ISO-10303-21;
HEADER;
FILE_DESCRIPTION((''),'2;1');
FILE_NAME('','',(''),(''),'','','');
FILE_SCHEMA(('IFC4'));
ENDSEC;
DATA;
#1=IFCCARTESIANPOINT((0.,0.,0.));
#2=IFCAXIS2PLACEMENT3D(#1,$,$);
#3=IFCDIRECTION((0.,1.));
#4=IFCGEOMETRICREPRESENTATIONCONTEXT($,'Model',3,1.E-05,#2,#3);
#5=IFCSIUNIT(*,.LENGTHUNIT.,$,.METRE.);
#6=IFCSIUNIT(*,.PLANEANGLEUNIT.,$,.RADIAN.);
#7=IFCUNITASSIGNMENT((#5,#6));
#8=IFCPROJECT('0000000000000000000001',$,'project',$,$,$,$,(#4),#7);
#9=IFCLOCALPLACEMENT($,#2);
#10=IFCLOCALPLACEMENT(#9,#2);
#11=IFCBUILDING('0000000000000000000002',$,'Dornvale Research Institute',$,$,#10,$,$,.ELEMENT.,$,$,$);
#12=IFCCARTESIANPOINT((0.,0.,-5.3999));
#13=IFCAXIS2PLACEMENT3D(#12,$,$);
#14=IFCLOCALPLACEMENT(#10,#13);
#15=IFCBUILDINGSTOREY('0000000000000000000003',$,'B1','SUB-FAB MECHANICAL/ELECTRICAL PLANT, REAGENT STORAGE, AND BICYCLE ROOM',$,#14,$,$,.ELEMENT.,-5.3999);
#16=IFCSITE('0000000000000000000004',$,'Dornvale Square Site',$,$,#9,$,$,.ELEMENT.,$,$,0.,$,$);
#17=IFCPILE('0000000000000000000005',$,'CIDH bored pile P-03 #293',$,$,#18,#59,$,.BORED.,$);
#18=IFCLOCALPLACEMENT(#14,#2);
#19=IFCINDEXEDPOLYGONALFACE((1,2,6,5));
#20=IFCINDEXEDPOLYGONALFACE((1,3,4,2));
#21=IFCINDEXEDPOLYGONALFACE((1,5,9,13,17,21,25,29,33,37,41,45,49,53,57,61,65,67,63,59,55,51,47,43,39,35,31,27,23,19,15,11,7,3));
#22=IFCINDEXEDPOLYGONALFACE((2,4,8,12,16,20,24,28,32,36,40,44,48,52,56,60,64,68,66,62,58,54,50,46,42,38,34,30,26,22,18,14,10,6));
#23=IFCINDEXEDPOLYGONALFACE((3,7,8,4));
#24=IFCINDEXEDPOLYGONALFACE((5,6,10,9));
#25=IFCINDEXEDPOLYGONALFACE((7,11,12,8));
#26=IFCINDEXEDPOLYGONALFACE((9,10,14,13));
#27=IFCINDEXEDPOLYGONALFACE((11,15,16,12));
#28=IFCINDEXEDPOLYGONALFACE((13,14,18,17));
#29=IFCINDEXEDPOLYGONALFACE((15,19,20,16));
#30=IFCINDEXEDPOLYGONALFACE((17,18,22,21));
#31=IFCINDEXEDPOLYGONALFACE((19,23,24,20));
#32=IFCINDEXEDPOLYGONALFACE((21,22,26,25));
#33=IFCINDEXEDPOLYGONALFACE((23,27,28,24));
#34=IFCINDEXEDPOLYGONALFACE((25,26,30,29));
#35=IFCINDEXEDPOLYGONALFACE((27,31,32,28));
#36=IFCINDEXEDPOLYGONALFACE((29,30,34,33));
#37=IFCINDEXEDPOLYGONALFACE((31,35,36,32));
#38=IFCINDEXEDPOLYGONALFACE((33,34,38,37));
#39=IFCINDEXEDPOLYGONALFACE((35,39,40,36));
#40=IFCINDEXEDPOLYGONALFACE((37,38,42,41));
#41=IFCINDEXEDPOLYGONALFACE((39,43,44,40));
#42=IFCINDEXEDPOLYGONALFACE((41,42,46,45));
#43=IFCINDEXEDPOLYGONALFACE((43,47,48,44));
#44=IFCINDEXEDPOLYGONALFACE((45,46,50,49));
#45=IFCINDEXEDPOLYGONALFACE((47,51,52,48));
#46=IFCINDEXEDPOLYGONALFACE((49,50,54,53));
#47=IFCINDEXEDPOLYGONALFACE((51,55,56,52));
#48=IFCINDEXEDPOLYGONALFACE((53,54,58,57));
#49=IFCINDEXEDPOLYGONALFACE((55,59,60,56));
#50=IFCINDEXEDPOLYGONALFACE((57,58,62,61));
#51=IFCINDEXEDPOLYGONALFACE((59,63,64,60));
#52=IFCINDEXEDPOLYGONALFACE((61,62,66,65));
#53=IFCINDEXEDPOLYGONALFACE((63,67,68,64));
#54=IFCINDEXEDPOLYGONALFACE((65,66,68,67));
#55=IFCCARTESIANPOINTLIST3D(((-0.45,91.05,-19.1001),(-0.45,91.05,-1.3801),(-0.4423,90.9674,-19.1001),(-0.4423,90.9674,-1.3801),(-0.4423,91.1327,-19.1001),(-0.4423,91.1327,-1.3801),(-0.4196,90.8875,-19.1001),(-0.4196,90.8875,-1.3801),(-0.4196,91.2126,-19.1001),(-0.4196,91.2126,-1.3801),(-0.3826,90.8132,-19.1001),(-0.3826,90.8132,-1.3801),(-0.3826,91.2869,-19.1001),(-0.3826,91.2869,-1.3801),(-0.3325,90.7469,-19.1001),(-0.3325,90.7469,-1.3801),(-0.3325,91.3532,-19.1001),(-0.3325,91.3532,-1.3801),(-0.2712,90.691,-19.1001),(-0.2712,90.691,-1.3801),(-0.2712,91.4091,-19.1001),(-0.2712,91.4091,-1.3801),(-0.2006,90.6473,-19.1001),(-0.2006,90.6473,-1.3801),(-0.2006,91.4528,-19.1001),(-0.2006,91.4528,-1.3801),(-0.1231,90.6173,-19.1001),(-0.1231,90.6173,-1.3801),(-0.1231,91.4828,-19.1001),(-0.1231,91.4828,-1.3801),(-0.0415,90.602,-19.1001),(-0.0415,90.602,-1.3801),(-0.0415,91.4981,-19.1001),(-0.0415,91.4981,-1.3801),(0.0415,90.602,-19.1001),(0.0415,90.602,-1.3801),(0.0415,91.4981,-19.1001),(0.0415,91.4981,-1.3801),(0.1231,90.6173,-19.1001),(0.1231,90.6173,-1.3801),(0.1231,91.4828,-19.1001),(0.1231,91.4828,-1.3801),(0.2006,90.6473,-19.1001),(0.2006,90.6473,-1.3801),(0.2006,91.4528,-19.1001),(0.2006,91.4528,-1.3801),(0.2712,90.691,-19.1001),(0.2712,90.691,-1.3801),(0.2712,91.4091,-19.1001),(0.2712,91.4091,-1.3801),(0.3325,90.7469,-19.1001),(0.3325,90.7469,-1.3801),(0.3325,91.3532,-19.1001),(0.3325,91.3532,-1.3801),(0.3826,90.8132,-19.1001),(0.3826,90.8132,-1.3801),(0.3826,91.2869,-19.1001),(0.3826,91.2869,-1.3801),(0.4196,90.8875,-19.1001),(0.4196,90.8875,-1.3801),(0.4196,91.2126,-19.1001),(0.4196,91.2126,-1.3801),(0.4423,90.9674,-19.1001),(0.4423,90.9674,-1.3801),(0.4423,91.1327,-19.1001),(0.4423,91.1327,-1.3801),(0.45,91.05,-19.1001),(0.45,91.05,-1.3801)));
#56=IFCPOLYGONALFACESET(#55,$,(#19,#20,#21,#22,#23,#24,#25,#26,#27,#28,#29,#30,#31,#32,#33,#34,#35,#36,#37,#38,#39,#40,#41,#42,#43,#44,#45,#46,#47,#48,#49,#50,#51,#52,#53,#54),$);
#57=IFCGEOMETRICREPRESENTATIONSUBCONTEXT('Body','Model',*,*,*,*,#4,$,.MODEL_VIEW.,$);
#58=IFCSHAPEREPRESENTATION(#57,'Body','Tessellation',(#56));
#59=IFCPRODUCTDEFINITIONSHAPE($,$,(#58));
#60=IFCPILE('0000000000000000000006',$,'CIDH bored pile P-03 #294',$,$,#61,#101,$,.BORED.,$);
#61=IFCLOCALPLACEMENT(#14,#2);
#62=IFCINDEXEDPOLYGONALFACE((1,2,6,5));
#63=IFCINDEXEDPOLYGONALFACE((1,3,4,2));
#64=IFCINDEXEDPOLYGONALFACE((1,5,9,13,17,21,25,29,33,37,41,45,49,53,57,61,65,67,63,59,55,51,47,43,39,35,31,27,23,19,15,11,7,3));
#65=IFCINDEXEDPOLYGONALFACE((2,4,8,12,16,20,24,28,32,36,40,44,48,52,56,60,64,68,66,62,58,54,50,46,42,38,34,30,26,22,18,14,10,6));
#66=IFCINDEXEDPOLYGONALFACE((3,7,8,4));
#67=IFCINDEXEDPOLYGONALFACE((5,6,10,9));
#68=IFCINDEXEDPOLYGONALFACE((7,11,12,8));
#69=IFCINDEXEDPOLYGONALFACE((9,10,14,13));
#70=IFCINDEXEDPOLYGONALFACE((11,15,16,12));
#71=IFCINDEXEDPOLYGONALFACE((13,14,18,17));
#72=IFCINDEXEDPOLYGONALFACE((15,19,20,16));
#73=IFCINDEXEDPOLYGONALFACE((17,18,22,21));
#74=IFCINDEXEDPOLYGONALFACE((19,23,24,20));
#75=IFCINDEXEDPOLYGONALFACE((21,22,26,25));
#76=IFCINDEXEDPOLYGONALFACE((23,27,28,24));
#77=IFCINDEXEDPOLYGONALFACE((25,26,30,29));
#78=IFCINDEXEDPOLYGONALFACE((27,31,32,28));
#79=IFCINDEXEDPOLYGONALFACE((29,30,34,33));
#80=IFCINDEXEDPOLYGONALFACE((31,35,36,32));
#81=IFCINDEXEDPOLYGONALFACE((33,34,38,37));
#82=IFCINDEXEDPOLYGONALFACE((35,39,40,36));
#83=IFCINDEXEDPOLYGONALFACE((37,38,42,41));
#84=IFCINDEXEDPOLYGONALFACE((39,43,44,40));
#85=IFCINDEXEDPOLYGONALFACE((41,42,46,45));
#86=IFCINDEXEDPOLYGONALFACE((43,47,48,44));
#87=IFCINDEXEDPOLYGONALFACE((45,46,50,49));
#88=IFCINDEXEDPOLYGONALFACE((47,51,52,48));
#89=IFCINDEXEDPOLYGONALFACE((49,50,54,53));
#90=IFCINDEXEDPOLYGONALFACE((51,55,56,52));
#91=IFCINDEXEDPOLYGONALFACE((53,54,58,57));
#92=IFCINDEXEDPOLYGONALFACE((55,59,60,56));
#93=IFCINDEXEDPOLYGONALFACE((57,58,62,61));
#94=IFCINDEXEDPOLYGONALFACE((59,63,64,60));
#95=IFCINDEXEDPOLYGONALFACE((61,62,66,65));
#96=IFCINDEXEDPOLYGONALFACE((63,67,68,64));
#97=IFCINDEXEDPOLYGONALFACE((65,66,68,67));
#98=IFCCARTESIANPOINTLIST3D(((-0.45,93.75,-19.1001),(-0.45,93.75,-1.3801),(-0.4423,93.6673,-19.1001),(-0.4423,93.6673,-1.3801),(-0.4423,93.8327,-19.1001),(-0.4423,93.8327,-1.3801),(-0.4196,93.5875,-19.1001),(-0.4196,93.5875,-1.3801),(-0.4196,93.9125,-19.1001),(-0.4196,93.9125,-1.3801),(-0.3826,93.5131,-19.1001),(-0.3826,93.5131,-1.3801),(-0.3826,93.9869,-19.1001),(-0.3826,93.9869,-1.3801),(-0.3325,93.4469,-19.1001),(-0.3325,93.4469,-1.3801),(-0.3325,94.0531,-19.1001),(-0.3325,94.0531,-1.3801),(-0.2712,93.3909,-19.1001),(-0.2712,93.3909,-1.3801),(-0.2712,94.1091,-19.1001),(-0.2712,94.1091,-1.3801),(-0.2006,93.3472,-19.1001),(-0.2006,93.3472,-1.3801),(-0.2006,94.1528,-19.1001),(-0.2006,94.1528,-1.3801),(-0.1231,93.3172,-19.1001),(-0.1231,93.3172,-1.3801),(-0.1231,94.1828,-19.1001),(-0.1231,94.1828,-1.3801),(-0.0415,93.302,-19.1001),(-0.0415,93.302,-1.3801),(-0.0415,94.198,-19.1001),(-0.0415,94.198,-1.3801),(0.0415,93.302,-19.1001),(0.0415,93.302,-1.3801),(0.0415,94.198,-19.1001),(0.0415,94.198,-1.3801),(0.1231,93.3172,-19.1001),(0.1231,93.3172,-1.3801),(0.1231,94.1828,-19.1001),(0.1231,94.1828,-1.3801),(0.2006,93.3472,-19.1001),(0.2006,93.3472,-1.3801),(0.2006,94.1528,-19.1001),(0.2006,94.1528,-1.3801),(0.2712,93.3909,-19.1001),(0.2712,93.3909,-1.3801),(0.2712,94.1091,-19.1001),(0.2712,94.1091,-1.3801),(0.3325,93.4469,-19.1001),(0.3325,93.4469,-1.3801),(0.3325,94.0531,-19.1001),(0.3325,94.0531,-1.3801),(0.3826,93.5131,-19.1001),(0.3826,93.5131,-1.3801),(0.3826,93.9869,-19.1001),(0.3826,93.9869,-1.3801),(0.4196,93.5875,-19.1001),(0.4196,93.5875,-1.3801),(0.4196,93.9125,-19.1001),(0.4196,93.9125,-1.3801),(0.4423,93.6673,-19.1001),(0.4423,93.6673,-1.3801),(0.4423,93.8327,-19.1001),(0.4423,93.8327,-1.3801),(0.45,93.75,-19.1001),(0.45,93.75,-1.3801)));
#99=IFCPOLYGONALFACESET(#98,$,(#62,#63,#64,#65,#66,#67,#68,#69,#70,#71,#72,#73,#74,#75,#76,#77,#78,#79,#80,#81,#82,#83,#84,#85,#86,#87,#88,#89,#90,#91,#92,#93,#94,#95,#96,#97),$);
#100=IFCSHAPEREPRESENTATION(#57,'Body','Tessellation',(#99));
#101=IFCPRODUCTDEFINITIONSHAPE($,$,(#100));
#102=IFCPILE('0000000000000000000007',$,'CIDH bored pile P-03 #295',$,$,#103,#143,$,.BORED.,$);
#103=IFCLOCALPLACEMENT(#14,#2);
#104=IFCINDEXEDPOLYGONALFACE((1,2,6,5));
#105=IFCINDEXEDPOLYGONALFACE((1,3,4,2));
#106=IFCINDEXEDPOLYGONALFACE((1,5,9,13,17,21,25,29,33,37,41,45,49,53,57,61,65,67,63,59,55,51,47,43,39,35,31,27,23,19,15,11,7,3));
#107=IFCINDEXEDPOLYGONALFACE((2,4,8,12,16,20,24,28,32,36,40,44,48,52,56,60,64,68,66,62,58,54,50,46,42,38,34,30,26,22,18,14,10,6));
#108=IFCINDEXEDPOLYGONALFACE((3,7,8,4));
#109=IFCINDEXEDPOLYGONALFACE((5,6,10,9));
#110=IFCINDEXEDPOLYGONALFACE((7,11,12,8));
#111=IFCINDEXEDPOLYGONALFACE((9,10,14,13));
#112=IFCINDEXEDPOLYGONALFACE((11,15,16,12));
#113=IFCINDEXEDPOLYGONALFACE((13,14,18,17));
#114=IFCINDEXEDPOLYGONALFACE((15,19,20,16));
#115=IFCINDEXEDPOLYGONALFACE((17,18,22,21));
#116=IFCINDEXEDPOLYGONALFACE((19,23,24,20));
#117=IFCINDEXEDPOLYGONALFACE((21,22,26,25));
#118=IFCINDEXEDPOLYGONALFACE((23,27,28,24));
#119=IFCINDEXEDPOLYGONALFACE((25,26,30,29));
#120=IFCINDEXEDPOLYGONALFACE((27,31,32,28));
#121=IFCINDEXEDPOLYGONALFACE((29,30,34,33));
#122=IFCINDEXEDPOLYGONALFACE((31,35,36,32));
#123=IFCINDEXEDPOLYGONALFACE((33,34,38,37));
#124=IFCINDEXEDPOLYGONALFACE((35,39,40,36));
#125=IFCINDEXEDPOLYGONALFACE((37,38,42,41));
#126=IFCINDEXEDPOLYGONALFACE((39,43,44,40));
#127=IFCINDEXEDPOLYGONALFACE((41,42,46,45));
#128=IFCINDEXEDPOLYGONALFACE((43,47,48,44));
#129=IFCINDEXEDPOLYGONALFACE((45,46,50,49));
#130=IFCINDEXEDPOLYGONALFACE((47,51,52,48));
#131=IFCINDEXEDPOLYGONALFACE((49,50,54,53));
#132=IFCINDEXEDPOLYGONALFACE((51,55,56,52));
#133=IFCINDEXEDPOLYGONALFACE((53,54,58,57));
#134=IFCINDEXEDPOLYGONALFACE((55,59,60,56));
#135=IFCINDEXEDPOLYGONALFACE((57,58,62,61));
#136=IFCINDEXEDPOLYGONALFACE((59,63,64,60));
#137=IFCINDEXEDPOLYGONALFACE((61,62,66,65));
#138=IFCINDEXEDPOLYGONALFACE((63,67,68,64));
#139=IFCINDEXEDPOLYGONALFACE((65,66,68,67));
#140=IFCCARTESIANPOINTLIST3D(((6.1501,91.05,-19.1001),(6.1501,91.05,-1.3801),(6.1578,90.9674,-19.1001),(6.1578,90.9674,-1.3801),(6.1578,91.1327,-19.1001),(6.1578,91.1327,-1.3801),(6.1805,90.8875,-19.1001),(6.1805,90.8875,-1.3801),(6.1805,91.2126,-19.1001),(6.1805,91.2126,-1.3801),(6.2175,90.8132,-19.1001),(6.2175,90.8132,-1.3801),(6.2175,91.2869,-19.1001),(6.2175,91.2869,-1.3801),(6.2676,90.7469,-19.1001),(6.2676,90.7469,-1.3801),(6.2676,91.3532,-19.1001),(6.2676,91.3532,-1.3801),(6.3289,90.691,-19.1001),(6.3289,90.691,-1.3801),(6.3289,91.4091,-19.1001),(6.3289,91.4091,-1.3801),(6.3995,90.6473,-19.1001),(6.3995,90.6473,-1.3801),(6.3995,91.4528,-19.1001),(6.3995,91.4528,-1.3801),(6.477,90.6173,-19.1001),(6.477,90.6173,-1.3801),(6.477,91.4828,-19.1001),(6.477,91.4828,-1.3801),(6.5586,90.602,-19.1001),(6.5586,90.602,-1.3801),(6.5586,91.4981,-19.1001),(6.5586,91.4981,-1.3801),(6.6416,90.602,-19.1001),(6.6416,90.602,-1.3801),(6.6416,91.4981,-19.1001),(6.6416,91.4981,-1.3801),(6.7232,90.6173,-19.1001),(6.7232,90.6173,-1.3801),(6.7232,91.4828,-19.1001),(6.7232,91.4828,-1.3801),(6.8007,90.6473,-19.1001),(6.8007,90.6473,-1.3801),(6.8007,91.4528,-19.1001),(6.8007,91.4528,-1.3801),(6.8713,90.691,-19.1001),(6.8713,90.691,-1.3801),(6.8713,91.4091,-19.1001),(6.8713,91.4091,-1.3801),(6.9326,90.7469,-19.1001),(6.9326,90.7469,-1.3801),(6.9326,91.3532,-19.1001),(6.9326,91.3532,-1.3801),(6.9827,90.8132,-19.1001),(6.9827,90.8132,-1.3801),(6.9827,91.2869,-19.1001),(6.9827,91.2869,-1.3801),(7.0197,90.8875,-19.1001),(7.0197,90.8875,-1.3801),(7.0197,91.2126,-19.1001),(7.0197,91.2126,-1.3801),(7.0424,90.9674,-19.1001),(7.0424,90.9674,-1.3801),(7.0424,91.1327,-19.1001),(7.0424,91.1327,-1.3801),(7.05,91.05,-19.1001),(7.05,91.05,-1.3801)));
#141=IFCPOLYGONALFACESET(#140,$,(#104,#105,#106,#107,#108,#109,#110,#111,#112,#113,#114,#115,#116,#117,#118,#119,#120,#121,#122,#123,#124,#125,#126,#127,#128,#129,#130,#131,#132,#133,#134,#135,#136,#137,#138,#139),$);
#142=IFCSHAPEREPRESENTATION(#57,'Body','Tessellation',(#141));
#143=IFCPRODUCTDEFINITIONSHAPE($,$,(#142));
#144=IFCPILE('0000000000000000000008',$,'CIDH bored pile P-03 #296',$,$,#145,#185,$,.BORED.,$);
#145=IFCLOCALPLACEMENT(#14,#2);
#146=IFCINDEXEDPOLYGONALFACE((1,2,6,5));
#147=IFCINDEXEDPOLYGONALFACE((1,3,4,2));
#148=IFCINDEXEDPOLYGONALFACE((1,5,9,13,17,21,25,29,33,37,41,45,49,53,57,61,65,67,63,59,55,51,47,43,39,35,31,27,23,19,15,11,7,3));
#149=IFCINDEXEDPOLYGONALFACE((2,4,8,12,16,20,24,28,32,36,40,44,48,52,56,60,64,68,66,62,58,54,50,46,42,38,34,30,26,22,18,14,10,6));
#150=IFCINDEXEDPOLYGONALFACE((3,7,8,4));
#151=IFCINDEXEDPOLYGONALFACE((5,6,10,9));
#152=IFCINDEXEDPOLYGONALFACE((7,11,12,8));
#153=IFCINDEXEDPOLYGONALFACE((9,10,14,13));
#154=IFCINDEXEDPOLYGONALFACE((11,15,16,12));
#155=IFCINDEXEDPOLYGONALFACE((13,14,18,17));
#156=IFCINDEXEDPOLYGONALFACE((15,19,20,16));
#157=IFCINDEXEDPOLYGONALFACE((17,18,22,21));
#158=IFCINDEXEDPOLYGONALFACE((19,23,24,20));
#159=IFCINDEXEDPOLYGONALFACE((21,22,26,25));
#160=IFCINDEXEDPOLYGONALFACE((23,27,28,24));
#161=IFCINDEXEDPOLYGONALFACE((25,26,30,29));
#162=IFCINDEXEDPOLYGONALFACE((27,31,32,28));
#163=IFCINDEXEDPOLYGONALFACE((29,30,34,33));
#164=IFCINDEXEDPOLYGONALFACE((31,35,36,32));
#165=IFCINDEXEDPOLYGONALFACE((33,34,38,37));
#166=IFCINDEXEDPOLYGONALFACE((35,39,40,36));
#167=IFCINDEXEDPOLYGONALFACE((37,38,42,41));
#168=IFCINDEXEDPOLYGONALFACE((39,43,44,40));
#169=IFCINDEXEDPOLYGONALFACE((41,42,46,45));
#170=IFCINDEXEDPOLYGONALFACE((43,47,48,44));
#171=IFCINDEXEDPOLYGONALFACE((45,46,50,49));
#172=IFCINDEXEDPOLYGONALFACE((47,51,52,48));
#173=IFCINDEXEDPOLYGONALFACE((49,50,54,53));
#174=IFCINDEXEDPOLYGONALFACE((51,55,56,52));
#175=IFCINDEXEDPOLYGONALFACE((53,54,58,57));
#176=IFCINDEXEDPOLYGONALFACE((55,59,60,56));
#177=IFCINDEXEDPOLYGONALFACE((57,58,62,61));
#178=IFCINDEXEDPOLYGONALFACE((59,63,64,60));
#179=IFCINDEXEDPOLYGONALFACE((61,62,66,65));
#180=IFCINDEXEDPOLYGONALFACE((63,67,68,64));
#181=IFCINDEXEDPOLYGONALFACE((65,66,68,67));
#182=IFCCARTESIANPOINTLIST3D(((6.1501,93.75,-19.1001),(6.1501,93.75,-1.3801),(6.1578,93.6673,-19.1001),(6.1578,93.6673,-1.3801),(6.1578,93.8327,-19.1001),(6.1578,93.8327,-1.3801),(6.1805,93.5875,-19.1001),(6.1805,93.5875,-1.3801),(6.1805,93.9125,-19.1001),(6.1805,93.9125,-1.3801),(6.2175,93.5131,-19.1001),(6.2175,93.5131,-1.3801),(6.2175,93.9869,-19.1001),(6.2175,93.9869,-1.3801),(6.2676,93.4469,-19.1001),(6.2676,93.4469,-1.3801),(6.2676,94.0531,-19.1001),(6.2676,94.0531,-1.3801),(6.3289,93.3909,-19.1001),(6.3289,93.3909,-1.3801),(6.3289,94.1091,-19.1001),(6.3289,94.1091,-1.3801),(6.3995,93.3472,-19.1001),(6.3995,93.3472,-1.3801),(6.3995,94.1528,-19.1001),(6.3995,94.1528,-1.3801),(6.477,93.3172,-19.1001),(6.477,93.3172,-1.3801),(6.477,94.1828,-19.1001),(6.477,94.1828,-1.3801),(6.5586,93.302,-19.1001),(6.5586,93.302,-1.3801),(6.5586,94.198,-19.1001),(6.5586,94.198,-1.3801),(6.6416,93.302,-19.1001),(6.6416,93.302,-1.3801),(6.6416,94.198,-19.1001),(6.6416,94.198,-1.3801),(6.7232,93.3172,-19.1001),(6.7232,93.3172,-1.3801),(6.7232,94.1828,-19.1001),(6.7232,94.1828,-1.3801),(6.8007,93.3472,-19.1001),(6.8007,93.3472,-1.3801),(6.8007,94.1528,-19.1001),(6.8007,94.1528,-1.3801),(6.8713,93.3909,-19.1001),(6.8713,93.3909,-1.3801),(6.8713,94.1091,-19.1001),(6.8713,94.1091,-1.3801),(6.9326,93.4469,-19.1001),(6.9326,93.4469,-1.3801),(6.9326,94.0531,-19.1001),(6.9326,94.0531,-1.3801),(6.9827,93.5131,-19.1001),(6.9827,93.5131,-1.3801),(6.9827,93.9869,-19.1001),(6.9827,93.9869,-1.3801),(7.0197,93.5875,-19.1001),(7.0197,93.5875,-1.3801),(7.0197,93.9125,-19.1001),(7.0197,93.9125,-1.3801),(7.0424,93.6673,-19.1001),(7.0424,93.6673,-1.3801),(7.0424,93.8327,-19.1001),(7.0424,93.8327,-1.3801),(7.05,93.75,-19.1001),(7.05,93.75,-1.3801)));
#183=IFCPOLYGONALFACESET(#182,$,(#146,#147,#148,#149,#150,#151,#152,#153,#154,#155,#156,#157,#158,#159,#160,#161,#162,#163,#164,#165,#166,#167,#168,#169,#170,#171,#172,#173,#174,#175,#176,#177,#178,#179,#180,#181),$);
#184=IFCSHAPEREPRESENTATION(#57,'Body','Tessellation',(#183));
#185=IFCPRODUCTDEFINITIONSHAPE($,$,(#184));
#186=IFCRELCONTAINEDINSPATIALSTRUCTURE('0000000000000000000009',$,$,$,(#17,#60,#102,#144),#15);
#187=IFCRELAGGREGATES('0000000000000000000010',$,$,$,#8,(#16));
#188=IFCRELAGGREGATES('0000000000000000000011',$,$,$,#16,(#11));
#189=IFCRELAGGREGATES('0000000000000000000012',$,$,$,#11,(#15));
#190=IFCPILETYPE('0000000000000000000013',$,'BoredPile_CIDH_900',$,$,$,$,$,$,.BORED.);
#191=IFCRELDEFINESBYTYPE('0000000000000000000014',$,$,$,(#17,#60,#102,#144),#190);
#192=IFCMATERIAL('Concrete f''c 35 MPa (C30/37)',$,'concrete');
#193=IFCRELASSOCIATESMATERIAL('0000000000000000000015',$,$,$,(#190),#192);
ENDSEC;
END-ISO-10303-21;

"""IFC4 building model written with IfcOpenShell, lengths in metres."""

from ifc_helpers import new_model, si_unit, direction, frame, origin, origin_2d, place, context, subcontext, project, spatial, circle, extrude, material, material_profile, profile_set, type_object, element, save


model = new_model("IFC4")

# Units and contexts
model_context = context("Model", 3, precision=1e-05, world=origin(), true_north=direction((0.0, 1.0)))
body_context = subcontext(model_context, "Body", "Model", "MODEL_VIEW")
ifc_project = project(units=[si_unit("LENGTHUNIT", "METRE"), si_unit("PLANEANGLEUNIT", "RADIAN")], contexts=[model_context])

# Site, building, storey
site_placement = place(None, origin())
site = spatial("IfcSite", under=ifc_project, at=site_placement, Name="Dornvale Square Site", CompositionType="ELEMENT", RefElevation=0.0)
building_placement = place(site_placement, origin())
building = spatial("IfcBuilding", under=site, at=building_placement, Name="Dornvale Research Institute", CompositionType="ELEMENT")
storey_placement = place(building_placement, frame((0.0, 0.0, -5.3999)))
storey = spatial("IfcBuildingStorey", under=building, at=storey_placement, Name="B1", Description="SUB-FAB MECHANICAL/ELECTRICAL PLANT, REAGENT STORAGE, AND BICYCLE ROOM", CompositionType="ELEMENT", Elevation=-5.3999)

# Piles
ifc_material_1 = material(Name="Concrete f'c 35 MPa (C30/37)", Category="concrete")
ifc_material_profile_1 = material_profile(ifc_material_1, circle(Radius=0.45, at=origin_2d()), Name="CIDH PILE D900")
ifc_profile_set_1 = profile_set([ifc_material_profile_1], Name="Concrete f'c 35 MPa (C30/37)")
pile_type_1 = type_object("IfcPileType", Name="BoredPile_CIDH_900", PredefinedType="BORED", material=ifc_profile_set_1)
for number, where, z_axis, x_axis, name in (
    (1, (0.0, 91.05, -1.3801), (0.0, 0.0, -1.0), (1.0, 0.0, 0.0), "CIDH bored pile P-03 #293"),
    (2, (0.0, 93.75, -1.3801), (0.0, 0.0, -1.0), (1.0, 0.0, 0.0), "CIDH bored pile P-03 #294"),
    (3, (6.6001, 91.05, -1.3801), (0.0, 0.0, -1.0), (1.0, 0.0, 0.0), "CIDH bored pile P-03 #295"),
    (4, (6.6001, 93.75, -1.3801), (0.0, 0.0, -1.0), (1.0, 0.0, 0.0), "CIDH bored pile P-03 #296"),
):
    element("IfcPile", number, at=place(storey_placement, frame(where, z_axis=z_axis, x_axis=x_axis)), inside=storey, type_object=pile_type_1, Name=name, PredefinedType="BORED", context=body_context, shape_type="SweptSolid", body=[
        extrude(circle(Radius=0.45, at=origin_2d()), origin(), (0.0, 0.0, 1.0), 17.72),
    ])

save(model, "model.ifc")
